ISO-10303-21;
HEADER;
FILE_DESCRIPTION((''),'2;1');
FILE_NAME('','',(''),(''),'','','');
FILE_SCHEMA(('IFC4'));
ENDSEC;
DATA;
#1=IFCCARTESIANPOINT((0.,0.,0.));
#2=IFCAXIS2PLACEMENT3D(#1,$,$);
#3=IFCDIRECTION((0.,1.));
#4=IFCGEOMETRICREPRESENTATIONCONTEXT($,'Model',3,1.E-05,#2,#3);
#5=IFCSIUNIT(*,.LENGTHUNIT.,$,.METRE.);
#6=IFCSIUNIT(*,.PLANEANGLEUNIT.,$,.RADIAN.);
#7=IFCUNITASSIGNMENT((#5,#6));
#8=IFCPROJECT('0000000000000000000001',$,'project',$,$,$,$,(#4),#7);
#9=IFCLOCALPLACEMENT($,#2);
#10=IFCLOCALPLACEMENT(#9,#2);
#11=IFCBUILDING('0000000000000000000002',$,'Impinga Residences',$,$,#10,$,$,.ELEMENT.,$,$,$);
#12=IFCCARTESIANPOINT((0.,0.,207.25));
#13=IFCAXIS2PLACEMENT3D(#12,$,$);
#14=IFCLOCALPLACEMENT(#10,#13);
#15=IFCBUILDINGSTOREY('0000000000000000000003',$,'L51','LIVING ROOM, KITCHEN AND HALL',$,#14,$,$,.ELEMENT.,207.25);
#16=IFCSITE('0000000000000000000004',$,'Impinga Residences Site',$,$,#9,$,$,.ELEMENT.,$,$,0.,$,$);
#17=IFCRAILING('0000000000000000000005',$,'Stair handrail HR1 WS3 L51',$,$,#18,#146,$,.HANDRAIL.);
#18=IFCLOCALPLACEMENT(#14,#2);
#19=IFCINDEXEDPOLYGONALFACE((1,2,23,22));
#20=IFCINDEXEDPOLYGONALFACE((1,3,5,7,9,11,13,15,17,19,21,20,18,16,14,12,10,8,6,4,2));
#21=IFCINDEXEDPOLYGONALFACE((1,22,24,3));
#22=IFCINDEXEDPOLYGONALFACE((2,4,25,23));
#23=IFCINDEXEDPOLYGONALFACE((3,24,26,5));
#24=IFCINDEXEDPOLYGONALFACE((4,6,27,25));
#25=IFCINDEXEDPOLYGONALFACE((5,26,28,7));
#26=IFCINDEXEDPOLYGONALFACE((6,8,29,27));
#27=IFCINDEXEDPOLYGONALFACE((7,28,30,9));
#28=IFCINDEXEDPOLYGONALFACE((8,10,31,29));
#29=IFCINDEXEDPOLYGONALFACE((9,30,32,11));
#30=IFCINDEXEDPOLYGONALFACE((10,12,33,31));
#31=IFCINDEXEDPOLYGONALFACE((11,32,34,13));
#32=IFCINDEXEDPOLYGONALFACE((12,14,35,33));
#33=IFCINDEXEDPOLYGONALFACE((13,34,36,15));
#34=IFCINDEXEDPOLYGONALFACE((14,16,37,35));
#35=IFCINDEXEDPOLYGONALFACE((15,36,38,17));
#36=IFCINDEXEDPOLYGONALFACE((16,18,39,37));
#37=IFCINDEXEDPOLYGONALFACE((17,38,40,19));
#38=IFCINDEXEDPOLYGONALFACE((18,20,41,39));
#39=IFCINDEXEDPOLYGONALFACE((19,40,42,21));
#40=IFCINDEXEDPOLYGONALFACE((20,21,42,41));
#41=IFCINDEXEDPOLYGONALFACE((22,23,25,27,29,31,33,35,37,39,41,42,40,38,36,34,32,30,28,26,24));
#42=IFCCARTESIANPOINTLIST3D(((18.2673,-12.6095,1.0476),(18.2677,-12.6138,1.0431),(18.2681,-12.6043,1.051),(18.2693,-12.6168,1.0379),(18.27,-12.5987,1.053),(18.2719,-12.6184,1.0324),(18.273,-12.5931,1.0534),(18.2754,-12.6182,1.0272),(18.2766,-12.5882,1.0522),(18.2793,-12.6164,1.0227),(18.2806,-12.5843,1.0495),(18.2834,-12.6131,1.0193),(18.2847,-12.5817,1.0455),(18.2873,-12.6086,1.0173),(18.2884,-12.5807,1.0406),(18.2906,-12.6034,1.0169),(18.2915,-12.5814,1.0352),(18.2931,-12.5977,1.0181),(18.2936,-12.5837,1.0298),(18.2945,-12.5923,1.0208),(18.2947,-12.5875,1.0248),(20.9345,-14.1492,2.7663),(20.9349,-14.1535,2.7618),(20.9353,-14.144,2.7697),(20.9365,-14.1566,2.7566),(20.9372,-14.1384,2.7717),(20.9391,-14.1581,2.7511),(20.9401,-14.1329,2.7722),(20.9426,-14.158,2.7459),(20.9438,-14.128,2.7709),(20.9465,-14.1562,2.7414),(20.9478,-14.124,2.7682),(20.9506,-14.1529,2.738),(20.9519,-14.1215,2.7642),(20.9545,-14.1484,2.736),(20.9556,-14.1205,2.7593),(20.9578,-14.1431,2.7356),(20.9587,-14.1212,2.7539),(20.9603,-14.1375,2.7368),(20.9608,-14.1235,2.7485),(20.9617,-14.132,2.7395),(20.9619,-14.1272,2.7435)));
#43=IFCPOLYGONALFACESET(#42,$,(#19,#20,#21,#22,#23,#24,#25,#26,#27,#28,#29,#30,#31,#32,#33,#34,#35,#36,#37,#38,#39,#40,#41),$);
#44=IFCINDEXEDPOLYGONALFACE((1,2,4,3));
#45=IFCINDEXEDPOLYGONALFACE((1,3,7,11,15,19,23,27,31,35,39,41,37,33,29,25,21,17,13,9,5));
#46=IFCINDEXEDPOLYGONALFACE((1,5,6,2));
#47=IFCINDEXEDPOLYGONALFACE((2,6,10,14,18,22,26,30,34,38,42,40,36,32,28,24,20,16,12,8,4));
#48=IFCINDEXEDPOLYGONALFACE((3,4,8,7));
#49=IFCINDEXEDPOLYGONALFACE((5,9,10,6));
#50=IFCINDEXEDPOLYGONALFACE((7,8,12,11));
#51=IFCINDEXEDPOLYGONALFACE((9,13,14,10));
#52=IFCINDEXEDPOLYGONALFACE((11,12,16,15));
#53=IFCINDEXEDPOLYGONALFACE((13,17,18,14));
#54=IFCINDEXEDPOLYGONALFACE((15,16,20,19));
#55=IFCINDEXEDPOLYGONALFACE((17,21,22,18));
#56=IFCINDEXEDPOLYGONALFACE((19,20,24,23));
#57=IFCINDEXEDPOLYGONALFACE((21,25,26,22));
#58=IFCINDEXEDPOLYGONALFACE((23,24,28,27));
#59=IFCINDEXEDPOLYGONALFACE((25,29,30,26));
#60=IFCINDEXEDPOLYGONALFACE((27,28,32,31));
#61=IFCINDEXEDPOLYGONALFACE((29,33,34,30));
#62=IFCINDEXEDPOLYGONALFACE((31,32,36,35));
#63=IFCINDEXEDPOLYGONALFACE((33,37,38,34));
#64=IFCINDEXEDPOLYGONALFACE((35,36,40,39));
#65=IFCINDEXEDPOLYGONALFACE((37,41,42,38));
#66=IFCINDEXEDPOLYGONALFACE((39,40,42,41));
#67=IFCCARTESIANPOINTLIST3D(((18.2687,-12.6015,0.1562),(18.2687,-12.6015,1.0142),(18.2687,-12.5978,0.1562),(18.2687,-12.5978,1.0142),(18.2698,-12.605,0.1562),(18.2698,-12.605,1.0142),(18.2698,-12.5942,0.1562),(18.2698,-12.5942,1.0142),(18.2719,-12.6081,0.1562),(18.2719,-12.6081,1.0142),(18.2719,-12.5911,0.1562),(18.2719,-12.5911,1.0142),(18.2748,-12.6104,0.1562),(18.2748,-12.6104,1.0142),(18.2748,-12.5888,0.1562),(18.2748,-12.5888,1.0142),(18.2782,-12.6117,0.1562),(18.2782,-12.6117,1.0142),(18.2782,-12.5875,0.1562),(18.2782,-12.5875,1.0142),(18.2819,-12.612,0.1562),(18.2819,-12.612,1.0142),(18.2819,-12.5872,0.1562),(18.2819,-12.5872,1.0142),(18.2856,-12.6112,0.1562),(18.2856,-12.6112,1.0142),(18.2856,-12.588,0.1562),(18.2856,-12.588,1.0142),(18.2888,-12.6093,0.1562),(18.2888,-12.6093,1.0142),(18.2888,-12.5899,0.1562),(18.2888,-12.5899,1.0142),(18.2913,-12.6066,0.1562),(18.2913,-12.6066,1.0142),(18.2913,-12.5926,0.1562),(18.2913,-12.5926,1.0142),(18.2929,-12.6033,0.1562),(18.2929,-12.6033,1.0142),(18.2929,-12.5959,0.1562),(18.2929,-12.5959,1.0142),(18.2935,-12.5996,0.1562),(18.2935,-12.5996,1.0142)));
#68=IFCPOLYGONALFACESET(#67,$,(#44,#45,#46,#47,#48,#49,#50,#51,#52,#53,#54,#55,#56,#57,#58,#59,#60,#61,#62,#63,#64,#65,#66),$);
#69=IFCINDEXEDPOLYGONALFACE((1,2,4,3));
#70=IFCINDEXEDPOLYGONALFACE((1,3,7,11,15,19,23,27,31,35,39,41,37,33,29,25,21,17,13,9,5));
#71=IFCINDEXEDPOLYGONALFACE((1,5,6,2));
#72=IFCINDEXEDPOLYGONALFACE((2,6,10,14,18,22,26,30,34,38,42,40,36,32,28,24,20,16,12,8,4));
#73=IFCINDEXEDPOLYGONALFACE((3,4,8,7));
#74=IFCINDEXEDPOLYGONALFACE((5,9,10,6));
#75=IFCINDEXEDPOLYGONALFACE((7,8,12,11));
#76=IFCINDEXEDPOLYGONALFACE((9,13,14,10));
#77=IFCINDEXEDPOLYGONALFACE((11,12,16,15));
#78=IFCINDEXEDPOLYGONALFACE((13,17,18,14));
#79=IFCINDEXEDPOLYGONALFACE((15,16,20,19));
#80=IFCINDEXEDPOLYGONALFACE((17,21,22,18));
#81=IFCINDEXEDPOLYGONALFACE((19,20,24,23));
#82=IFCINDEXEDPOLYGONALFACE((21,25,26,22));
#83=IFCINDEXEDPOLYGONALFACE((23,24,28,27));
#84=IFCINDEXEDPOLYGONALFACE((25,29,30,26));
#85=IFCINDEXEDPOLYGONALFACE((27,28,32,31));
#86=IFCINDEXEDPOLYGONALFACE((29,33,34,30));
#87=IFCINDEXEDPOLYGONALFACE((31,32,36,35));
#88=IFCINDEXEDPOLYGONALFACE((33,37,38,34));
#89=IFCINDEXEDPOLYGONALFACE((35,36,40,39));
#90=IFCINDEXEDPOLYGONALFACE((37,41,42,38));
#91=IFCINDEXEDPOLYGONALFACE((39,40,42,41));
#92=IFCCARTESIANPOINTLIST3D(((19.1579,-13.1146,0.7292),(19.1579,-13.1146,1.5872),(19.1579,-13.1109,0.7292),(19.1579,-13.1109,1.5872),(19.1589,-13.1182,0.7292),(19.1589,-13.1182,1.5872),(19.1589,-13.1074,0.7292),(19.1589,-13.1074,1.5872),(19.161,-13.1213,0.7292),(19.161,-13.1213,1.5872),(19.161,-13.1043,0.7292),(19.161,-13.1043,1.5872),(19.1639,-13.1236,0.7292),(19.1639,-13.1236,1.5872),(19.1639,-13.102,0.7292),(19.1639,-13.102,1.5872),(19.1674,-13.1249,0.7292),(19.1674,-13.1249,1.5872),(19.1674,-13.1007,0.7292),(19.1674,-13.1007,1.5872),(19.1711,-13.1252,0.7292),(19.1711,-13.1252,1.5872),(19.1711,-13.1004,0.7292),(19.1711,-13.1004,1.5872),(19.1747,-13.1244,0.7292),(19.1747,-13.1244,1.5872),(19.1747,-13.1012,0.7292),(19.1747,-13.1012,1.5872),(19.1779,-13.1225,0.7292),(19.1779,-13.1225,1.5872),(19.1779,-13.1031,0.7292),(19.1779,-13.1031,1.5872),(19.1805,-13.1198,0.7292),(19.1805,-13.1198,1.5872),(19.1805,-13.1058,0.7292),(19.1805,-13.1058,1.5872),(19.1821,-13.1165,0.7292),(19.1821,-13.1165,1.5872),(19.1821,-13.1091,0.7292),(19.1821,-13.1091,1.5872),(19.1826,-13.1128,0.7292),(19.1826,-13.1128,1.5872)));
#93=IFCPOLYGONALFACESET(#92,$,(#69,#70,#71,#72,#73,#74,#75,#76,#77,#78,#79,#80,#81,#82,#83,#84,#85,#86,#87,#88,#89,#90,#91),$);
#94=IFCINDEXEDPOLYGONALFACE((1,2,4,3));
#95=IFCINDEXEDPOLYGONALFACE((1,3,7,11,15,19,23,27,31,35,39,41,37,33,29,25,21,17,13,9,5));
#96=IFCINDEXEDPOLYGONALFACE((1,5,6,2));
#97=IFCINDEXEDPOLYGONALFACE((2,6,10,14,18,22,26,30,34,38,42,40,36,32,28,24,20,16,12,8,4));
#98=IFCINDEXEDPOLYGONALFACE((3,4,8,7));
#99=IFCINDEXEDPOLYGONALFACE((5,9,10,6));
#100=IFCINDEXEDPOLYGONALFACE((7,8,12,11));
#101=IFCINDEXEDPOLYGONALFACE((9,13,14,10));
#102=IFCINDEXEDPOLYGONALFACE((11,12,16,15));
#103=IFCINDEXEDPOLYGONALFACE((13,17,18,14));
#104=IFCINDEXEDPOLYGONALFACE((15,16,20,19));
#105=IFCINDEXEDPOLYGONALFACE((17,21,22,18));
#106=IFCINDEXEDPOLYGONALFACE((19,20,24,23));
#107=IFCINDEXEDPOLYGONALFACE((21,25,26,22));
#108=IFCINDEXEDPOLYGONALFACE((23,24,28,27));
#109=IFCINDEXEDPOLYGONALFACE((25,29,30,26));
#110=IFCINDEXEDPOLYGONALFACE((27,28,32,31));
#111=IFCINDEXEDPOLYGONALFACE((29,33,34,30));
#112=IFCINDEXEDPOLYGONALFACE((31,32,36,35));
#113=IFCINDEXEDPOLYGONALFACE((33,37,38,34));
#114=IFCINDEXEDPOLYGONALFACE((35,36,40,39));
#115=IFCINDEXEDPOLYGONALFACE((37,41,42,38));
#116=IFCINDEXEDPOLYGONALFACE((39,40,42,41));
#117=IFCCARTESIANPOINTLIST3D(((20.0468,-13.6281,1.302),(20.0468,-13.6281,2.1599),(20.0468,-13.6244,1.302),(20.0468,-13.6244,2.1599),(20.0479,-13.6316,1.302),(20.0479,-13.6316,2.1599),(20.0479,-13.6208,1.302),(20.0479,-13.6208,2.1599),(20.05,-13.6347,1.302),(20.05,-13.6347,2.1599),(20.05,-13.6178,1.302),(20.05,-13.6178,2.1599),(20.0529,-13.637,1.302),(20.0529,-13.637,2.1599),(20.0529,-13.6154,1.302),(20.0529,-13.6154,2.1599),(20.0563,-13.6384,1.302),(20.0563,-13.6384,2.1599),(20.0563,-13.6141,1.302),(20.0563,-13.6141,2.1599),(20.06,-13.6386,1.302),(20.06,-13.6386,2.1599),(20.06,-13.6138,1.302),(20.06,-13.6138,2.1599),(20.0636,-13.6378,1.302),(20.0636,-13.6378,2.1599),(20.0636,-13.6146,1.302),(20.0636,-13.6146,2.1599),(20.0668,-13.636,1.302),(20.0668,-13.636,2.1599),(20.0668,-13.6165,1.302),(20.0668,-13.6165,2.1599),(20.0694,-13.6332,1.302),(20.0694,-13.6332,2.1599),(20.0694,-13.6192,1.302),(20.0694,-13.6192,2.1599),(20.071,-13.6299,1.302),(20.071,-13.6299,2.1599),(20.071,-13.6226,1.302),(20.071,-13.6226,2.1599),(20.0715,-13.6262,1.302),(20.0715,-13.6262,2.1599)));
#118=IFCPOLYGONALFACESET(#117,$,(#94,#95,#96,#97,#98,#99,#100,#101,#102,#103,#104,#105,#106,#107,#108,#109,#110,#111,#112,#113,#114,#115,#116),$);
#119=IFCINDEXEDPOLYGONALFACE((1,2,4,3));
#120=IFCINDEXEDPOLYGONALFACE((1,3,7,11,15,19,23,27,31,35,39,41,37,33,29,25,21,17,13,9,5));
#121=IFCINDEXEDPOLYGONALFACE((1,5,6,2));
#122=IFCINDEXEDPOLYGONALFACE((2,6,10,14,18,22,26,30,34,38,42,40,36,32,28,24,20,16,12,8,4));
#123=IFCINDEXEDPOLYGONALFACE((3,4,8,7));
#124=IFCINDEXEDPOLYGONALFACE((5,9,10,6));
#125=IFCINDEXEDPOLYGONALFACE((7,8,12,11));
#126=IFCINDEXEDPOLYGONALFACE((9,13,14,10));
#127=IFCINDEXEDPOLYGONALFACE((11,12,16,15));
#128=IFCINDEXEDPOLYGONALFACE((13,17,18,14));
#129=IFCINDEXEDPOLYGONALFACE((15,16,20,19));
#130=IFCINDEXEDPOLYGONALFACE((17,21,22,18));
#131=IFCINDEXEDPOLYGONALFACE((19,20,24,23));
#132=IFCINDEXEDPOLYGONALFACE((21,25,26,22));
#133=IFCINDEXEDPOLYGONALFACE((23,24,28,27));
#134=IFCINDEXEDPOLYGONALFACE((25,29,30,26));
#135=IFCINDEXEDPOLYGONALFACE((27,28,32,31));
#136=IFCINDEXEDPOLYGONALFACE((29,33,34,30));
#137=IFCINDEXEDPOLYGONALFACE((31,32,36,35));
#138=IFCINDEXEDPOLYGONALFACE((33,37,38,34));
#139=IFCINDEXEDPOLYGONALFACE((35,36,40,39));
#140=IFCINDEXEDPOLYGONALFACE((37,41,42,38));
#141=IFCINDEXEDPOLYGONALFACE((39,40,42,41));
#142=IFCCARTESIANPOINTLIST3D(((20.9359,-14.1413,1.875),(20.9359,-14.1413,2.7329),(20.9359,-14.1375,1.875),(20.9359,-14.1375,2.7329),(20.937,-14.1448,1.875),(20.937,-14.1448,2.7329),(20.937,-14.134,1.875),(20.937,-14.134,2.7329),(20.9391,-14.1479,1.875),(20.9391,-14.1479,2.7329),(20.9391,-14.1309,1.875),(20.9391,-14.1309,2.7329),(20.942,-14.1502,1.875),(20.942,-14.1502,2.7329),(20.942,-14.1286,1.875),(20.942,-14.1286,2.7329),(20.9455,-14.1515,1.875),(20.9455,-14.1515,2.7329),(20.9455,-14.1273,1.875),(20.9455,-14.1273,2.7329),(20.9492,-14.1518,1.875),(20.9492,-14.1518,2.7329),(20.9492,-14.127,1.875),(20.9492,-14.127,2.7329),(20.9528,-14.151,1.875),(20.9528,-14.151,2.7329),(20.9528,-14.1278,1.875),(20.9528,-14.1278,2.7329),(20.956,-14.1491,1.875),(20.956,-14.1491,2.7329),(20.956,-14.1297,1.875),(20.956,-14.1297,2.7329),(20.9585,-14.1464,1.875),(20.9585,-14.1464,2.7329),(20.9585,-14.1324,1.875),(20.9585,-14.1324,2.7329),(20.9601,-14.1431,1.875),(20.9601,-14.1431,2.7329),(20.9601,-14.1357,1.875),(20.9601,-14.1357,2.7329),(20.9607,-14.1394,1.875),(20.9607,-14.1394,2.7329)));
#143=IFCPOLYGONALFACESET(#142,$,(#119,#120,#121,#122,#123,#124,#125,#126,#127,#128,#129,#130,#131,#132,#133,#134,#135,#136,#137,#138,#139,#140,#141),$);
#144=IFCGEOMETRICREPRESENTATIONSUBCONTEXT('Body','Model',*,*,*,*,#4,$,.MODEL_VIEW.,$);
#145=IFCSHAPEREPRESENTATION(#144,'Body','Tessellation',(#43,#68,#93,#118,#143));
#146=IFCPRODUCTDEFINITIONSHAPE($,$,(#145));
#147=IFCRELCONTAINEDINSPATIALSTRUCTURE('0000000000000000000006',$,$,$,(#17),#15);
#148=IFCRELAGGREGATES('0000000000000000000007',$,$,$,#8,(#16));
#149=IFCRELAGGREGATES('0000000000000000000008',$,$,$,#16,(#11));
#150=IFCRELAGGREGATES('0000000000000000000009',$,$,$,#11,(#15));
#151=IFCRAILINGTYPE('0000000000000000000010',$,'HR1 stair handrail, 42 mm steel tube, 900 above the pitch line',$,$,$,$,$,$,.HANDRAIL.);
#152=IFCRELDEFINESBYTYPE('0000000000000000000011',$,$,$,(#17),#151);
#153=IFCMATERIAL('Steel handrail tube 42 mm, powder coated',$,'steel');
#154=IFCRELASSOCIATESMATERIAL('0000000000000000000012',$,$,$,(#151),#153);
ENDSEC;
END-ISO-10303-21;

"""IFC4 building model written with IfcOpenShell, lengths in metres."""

from ifc_helpers import new_model, si_unit, direction, frame, origin, origin_2d, place, context, subcontext, project, spatial, circle, extrude, material, type_object, element, save


model = new_model("IFC4")

# Units and contexts
model_context = context("Model", 3, precision=1e-05, world=origin(), true_north=direction((0.0, 1.0)))
body_context = subcontext(model_context, "Body", "Model", "MODEL_VIEW")
ifc_project = project(units=[si_unit("LENGTHUNIT", "METRE"), si_unit("PLANEANGLEUNIT", "RADIAN")], contexts=[model_context])

# Site, building, storey
site_placement = place(None, origin())
site = spatial("IfcSite", under=ifc_project, at=site_placement, Name="Impinga Residences Site", CompositionType="ELEMENT", RefElevation=0.0)
building_placement = place(site_placement, origin())
building = spatial("IfcBuilding", under=site, at=building_placement, Name="Impinga Residences", CompositionType="ELEMENT")
storey_placement = place(building_placement, frame((0.0, 0.0, 207.25)))
storey = spatial("IfcBuildingStorey", under=building, at=storey_placement, Name="L51", Description="LIVING ROOM, KITCHEN AND HALL", CompositionType="ELEMENT", Elevation=207.25)

# Railing
ifc_material_1 = material(Name="Steel handrail tube 42 mm, powder coated", Category="steel")
railing_type_1 = type_object("IfcRailingType", Name="HR1 stair handrail, 42 mm steel tube, 900 above the pitch line", PredefinedType="HANDRAIL", material=ifc_material_1)
railing_1_placement = place(storey_placement, frame((18.281, -12.5996, 0.1562)))
element("IfcRailing", 1, at=railing_1_placement, inside=storey, type_object=railing_type_1, Name="Stair handrail HR1 WS3 L51", PredefinedType="HANDRAIL", context=body_context, shape_type="SweptSolid", body=[
    extrude(circle(Radius=0.021, at=origin_2d()), frame((0.0, 0.0, 0.8789), z_axis=(0.756249, -0.436582, 0.487322), x_axis=(0.499967, 0.866044, 0.0)), (0.0, 0.0, 1.0), 3.5269),
    extrude(circle(Radius=0.0125, at=origin_2d()), origin(), (0.0, 0.0, 1.0), 0.8579),
    extrude(circle(Radius=0.0125, at=origin_2d()), frame((0.8892, -0.5132, 0.573)), (0.0, 0.0, 1.0), 0.8579),
    extrude(circle(Radius=0.0125, at=origin_2d()), frame((1.7781, -1.0266, 1.1458)), (0.0, 0.0, 1.0), 0.8579),
    extrude(circle(Radius=0.0125, at=origin_2d()), frame((2.6672, -1.5398, 1.7188)), (0.0, 0.0, 1.0), 0.8579),
])

save(model, "model.ifc")
